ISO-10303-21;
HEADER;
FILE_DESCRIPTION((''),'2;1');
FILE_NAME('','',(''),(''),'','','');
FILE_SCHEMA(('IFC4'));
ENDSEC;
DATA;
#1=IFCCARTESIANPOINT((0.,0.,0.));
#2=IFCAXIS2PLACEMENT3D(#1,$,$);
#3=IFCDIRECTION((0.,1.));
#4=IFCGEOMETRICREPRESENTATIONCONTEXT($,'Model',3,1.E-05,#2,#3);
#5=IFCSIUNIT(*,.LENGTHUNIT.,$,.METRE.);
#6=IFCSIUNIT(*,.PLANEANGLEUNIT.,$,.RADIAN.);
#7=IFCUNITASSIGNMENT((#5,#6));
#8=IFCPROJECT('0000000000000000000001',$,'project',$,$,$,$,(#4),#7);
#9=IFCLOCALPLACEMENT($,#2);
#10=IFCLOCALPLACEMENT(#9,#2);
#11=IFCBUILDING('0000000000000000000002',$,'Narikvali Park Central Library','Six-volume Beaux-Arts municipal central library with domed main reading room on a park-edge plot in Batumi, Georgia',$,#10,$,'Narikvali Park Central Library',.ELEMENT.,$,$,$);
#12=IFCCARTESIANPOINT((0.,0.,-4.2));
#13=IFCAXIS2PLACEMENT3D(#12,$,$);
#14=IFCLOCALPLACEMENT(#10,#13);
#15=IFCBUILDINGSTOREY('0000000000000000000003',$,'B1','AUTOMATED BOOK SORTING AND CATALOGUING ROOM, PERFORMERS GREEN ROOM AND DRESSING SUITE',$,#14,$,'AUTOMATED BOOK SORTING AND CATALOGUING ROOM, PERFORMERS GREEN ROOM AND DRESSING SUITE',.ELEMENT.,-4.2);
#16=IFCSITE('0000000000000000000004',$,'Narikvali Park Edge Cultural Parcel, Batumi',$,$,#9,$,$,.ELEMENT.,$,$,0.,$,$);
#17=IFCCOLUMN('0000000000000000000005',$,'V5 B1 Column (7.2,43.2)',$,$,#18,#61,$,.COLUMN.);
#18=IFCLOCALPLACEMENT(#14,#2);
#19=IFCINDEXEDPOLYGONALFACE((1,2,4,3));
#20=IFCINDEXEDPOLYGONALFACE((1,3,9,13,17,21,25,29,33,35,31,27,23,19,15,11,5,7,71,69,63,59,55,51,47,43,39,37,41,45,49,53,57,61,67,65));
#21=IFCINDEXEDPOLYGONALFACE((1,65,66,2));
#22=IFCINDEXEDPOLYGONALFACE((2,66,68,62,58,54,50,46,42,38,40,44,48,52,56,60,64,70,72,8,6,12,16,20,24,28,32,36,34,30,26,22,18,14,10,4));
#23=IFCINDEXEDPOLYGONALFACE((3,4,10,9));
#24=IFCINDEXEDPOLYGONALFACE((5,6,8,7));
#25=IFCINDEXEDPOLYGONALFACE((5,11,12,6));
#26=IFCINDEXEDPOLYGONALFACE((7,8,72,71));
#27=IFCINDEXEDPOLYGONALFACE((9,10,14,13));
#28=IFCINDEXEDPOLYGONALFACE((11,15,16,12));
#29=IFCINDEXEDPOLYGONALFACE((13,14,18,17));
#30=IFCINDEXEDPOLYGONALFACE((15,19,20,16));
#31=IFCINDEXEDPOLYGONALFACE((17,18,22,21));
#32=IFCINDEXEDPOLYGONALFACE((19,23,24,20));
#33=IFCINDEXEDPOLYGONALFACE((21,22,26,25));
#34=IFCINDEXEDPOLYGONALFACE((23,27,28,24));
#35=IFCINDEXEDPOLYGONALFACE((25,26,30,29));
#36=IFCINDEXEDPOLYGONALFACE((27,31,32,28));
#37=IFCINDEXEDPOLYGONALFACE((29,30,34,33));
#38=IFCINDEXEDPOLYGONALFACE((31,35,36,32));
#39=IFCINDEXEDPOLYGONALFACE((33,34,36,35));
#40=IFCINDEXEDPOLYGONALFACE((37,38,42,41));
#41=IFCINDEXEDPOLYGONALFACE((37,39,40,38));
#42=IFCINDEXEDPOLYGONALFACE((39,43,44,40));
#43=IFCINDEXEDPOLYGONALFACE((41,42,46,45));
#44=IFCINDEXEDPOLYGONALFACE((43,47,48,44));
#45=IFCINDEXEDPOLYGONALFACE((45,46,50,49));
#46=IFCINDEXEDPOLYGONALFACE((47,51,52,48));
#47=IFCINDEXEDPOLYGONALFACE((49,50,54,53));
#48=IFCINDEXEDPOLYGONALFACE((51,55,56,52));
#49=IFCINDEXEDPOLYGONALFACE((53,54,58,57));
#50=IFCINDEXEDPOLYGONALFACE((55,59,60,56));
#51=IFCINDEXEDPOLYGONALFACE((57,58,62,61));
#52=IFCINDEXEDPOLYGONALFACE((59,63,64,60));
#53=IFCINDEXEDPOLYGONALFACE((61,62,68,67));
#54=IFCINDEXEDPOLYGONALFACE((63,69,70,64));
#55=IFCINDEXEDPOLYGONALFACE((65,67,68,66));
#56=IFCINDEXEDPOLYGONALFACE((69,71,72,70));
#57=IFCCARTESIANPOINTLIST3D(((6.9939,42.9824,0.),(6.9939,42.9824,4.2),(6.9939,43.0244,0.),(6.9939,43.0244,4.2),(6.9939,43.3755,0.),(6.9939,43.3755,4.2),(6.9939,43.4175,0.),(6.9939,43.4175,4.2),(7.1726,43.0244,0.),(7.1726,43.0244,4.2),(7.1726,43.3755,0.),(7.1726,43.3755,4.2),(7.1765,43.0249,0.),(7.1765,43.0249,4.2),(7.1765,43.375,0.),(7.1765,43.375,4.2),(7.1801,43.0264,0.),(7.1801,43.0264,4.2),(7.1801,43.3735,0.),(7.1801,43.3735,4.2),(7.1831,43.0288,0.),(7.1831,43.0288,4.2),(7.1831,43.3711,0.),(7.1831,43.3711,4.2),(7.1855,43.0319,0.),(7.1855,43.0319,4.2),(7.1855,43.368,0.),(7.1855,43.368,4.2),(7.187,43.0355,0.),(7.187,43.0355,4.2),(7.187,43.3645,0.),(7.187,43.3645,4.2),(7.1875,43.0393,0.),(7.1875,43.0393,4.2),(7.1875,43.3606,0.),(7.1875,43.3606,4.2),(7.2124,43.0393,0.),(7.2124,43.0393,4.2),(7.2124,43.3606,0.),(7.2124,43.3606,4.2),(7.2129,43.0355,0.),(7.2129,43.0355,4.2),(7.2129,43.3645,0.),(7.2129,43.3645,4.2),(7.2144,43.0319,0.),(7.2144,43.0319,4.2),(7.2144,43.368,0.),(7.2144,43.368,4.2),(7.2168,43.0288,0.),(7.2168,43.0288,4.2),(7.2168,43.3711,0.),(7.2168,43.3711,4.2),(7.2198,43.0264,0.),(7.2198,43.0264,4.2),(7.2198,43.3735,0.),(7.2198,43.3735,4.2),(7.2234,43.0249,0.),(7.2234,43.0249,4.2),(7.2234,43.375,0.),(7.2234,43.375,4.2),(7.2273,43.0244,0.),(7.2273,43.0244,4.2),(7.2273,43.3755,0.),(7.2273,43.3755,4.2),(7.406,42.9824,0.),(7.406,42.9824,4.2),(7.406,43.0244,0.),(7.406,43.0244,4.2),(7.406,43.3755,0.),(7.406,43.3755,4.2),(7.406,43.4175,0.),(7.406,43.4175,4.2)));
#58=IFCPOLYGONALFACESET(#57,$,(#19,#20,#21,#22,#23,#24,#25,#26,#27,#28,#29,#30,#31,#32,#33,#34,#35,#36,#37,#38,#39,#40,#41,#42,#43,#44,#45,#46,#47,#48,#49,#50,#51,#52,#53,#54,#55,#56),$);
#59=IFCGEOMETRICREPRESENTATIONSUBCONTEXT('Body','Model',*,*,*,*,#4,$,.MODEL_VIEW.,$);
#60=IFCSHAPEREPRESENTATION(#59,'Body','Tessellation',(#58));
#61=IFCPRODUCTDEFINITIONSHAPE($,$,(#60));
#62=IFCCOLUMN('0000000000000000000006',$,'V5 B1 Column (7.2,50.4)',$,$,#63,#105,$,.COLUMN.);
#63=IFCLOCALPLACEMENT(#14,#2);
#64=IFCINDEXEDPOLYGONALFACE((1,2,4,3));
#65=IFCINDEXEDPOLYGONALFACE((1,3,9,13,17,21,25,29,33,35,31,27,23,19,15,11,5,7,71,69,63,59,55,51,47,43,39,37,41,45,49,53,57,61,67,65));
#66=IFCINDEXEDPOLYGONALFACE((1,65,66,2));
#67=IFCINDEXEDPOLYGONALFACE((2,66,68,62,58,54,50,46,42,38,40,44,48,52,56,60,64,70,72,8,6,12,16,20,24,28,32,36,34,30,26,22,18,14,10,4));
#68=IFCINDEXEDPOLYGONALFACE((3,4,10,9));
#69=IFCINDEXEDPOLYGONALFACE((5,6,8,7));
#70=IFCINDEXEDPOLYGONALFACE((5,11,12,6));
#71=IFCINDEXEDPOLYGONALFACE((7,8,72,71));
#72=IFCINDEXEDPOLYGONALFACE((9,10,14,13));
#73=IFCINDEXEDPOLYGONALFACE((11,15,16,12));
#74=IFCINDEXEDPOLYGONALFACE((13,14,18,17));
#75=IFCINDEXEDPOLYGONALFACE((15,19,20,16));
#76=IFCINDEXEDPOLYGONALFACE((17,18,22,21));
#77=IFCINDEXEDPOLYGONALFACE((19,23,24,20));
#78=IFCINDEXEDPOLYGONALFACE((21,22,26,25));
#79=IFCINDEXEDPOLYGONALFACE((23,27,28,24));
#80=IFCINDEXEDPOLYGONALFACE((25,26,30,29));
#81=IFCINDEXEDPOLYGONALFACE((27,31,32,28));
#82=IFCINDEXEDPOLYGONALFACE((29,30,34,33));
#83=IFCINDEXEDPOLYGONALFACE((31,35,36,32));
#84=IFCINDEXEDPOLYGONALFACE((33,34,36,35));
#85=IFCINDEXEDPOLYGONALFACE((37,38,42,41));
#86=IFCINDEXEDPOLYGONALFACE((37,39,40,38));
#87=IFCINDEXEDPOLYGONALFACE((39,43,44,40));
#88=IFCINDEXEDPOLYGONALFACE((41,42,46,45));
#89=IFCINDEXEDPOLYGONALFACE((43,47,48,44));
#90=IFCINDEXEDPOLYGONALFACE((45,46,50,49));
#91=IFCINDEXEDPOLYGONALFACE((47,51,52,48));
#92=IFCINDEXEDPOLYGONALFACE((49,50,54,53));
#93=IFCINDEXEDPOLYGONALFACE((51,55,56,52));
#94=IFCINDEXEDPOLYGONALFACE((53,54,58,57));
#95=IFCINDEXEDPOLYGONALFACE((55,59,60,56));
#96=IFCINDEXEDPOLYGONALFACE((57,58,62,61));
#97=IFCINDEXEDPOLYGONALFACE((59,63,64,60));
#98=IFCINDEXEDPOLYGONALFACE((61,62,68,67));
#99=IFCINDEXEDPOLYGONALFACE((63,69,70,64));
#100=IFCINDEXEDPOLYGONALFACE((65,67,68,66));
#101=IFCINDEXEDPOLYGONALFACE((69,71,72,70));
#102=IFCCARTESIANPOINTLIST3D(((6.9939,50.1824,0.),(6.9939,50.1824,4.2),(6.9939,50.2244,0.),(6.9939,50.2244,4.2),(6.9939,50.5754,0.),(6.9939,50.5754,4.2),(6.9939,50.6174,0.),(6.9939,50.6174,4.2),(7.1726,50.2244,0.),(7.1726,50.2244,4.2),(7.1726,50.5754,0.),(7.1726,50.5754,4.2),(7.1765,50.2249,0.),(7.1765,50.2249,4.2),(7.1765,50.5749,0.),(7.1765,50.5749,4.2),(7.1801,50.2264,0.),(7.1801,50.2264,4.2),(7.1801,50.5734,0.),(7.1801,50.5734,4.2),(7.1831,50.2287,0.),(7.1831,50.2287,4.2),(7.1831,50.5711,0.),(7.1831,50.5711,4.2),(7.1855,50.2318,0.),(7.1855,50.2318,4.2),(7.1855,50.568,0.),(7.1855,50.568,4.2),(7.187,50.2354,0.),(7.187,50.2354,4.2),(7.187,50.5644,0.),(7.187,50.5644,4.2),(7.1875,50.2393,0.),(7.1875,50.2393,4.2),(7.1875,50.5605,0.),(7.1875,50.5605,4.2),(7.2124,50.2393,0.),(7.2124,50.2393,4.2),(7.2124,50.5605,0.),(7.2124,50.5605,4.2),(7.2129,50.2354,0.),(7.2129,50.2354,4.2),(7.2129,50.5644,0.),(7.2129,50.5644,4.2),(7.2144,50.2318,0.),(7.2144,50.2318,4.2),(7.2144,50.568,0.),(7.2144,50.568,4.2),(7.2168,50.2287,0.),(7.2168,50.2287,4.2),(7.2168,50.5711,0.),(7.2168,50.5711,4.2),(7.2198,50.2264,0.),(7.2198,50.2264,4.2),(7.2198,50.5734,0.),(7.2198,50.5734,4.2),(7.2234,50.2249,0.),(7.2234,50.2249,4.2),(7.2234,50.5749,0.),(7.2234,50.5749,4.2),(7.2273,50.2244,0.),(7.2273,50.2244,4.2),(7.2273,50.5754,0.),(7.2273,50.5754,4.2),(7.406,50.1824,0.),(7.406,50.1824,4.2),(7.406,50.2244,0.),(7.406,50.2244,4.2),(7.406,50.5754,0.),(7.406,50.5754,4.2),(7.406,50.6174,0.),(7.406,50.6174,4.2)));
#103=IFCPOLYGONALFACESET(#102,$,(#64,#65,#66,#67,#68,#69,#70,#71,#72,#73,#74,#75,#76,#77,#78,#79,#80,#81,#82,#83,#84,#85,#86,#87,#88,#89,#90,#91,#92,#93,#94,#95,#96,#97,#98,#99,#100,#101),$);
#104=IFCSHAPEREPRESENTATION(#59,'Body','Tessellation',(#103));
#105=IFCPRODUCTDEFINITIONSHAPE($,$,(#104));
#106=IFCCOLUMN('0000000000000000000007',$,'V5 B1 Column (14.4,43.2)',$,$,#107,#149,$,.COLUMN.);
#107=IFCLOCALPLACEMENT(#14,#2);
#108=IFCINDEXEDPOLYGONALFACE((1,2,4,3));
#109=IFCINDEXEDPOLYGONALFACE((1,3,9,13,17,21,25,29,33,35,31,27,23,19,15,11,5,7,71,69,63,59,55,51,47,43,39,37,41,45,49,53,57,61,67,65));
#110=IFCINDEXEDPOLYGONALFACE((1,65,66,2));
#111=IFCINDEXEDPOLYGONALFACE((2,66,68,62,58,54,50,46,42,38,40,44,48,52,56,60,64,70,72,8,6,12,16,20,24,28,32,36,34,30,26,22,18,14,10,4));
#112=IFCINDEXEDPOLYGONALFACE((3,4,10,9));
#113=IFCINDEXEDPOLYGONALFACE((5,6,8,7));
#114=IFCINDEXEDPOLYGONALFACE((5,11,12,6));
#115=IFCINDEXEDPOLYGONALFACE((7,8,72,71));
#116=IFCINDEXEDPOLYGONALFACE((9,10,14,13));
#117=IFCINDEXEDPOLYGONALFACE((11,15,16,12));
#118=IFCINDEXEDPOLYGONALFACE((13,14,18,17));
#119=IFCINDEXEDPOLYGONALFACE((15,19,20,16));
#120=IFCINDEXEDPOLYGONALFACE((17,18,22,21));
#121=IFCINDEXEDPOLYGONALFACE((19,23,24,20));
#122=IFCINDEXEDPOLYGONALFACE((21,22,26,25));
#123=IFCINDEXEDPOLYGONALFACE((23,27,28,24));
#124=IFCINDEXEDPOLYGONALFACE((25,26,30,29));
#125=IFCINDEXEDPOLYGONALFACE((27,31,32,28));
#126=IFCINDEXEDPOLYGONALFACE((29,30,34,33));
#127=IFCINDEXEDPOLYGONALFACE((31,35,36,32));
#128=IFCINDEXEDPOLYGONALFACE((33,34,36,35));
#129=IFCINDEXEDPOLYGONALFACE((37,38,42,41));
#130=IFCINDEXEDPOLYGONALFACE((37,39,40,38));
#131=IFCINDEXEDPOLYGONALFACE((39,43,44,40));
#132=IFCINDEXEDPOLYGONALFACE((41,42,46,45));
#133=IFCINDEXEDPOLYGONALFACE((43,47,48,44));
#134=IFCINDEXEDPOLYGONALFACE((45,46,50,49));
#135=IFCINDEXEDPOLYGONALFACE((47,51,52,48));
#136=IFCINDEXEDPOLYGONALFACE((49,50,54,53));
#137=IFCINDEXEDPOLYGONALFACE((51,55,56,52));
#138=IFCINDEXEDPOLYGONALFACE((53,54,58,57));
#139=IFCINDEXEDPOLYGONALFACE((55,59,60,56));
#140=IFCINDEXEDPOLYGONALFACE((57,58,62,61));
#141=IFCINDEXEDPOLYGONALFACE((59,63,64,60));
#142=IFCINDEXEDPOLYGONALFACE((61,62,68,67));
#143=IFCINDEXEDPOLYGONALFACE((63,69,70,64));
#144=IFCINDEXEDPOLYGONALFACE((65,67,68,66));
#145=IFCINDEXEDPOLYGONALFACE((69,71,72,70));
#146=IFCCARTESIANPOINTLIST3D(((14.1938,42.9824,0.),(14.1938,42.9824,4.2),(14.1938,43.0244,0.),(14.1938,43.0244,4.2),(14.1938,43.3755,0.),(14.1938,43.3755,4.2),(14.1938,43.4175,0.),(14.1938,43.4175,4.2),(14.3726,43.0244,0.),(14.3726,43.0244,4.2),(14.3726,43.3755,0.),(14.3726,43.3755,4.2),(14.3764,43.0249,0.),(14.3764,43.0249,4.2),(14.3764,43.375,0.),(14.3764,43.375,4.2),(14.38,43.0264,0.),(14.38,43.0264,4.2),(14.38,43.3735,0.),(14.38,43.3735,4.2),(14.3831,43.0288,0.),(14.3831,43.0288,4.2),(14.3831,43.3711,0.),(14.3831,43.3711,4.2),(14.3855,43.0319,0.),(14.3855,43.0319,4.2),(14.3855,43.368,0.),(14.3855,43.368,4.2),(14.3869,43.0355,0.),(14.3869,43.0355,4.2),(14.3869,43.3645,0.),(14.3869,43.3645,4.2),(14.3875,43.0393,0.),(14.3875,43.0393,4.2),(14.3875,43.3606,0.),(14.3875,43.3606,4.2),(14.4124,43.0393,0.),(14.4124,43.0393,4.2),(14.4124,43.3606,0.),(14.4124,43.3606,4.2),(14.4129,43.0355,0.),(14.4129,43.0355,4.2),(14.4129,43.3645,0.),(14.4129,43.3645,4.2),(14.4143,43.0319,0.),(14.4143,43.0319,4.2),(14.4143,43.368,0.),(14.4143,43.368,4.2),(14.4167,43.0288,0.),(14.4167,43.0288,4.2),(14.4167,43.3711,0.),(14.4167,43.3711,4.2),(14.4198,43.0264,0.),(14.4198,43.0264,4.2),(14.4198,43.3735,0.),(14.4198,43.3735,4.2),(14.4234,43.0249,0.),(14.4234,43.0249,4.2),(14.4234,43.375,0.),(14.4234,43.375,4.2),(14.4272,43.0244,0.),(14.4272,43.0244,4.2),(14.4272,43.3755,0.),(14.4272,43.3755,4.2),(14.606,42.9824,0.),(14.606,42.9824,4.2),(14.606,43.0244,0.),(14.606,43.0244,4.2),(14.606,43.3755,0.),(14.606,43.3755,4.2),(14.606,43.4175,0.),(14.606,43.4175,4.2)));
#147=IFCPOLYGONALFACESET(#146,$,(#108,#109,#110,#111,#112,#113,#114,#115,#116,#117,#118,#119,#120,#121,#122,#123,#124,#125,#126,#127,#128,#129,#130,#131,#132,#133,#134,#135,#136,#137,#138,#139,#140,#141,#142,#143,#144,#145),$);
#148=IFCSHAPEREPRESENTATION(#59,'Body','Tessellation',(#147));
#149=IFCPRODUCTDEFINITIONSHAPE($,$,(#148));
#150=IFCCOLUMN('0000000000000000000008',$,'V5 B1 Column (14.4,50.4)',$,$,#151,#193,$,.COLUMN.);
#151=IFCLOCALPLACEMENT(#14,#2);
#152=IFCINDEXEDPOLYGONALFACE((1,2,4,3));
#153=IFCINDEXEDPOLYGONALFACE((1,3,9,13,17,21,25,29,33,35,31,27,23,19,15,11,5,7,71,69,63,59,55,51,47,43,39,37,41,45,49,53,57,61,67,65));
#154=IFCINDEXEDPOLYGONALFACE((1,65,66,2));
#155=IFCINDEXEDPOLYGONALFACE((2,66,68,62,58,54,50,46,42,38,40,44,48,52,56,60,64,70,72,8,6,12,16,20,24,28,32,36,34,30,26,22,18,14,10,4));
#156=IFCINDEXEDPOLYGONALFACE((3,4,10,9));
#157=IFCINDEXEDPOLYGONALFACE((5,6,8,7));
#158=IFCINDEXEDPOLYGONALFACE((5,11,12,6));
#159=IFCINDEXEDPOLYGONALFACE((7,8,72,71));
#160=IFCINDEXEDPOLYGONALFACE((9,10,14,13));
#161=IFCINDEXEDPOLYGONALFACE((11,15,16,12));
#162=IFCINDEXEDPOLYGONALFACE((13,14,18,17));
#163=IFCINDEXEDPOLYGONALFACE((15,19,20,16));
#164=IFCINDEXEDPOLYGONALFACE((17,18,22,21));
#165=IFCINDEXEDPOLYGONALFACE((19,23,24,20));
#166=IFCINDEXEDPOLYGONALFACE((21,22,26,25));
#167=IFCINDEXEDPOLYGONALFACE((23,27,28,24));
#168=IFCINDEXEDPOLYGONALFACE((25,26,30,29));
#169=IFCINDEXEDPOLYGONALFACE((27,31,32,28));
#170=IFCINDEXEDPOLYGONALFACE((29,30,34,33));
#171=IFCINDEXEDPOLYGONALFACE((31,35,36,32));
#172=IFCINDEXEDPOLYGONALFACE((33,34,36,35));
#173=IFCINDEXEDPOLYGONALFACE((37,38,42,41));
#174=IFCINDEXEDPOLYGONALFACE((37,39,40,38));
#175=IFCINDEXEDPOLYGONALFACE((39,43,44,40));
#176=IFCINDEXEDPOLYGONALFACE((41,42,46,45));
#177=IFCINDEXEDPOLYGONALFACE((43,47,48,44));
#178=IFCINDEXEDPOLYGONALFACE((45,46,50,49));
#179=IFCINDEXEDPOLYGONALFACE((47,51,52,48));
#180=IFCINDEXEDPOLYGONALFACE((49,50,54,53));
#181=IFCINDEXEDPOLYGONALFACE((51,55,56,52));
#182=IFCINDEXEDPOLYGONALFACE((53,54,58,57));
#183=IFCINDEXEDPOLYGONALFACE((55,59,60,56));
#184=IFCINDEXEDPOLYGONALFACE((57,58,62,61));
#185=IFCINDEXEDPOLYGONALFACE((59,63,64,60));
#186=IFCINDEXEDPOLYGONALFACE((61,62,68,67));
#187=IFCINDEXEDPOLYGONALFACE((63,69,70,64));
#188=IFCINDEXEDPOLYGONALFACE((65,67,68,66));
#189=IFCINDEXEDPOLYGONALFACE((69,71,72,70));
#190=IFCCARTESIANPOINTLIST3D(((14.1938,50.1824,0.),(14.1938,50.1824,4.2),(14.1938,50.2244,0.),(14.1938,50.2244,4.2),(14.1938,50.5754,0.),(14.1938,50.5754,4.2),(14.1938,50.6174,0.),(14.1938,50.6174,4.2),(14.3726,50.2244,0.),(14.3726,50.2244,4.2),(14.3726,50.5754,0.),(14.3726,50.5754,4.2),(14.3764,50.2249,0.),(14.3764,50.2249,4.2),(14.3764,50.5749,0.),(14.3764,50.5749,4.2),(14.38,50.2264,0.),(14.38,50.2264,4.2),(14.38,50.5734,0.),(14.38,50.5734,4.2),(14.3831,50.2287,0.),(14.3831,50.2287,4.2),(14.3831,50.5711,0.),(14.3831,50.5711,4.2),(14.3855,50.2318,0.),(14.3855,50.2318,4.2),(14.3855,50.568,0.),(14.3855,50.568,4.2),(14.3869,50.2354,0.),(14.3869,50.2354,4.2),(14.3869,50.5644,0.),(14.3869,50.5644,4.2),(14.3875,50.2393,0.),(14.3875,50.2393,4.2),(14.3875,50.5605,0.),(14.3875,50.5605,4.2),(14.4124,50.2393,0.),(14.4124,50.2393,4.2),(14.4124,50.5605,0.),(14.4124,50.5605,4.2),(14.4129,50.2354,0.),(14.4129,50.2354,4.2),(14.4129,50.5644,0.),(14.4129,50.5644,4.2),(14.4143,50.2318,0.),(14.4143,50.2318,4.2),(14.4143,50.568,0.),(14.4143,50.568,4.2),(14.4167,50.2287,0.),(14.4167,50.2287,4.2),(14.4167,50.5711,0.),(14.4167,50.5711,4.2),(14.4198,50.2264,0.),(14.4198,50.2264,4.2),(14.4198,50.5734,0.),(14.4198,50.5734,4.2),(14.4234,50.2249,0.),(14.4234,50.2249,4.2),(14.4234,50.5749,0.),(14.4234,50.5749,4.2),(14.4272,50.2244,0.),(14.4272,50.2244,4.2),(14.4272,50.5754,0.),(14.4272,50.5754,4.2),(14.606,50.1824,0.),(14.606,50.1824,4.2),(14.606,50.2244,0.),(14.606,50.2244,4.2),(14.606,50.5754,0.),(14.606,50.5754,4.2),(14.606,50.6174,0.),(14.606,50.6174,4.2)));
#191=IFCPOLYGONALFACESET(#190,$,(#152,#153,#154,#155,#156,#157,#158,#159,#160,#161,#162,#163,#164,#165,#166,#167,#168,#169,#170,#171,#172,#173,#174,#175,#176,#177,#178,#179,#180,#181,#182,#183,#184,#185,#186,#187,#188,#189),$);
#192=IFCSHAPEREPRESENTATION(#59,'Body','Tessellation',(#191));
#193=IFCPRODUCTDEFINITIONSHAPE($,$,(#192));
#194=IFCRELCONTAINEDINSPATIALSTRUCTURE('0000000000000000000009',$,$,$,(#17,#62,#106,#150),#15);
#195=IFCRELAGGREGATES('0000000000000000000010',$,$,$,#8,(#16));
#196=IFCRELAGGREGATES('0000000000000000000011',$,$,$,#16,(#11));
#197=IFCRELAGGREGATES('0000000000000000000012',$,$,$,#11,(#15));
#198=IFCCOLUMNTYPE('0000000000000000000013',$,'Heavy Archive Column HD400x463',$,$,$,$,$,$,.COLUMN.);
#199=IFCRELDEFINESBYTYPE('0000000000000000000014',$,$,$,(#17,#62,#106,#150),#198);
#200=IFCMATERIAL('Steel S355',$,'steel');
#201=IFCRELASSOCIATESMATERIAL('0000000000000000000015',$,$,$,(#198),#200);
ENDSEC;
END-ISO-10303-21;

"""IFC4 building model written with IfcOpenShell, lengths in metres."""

from ifc_helpers import new_model, si_unit, direction, frame, origin, origin_2d, place, context, subcontext, project, spatial, i_section, extrude, material, material_profile, profile_set, type_object, element, save


model = new_model("IFC4")

# Units and contexts
model_context = context("Model", 3, precision=1e-05, world=origin(), true_north=direction((0.0, 1.0)))
body_context = subcontext(model_context, "Body", "Model", "MODEL_VIEW")
ifc_project = project(units=[si_unit("LENGTHUNIT", "METRE"), si_unit("PLANEANGLEUNIT", "RADIAN")], contexts=[model_context])

# Site, building, storey
site_placement = place(None, origin())
site = spatial("IfcSite", under=ifc_project, at=site_placement, Name="Narikvali Park Edge Cultural Parcel, Batumi", CompositionType="ELEMENT", RefElevation=0.0)
building_placement = place(site_placement, origin())
building = spatial("IfcBuilding", under=site, at=building_placement, Name="Narikvali Park Central Library", Description="Six-volume Beaux-Arts municipal central library with domed main reading room on a park-edge plot in Batumi, Georgia", LongName="Narikvali Park Central Library", CompositionType="ELEMENT")
storey_placement = place(building_placement, frame((0.0, 0.0, -4.2)))
storey = spatial("IfcBuildingStorey", under=building, at=storey_placement, Name="B1", Description="AUTOMATED BOOK SORTING AND CATALOGUING ROOM, PERFORMERS GREEN ROOM AND DRESSING SUITE", LongName="AUTOMATED BOOK SORTING AND CATALOGUING ROOM, PERFORMERS GREEN ROOM AND DRESSING SUITE", CompositionType="ELEMENT", Elevation=-4.2)

# Columns
ifc_material_1 = material(Name="Steel S355", Category="steel")
ifc_material_profile_1 = material_profile(ifc_material_1, i_section(OverallWidth=0.4121, OverallDepth=0.4351, WebThickness=0.0249, FlangeThickness=0.042, FilletRadius=0.0149, at=origin_2d()), Name="HD 400x463")
ifc_profile_set_1 = profile_set([ifc_material_profile_1], Name="Steel S355")
column_type_1 = type_object("IfcColumnType", Name="Heavy Archive Column HD400x463", PredefinedType="COLUMN", material=ifc_profile_set_1)
for number, where, z_axis, x_axis, name in (
    (1, (7.2, 43.2, 0.0), (0.0, 0.0, 1.0), (1.0, 0.0, 0.0), "V5 B1 Column (7.2,43.2)"),
    (2, (7.2, 50.3999, 0.0), (0.0, 0.0, 1.0), (1.0, 0.0, 0.0), "V5 B1 Column (7.2,50.4)"),
    (3, (14.3999, 43.2, 0.0), (0.0, 0.0, 1.0), (1.0, 0.0, 0.0), "V5 B1 Column (14.4,43.2)"),
    (4, (14.3999, 50.3999, 0.0), (0.0, 0.0, 1.0), (1.0, 0.0, 0.0), "V5 B1 Column (14.4,50.4)"),
):
    element("IfcColumn", number, at=place(storey_placement, frame(where, z_axis=z_axis, x_axis=x_axis)), inside=storey, type_object=column_type_1, Name=name, PredefinedType="COLUMN", context=body_context, shape_type="SweptSolid", body=[
        extrude(i_section(OverallWidth=0.4121, OverallDepth=0.4351, WebThickness=0.0249, FlangeThickness=0.042, FilletRadius=0.0149, at=origin_2d()), origin(), (0.0, 0.0, 1.0), 4.2),
    ])

save(model, "model.ifc")
